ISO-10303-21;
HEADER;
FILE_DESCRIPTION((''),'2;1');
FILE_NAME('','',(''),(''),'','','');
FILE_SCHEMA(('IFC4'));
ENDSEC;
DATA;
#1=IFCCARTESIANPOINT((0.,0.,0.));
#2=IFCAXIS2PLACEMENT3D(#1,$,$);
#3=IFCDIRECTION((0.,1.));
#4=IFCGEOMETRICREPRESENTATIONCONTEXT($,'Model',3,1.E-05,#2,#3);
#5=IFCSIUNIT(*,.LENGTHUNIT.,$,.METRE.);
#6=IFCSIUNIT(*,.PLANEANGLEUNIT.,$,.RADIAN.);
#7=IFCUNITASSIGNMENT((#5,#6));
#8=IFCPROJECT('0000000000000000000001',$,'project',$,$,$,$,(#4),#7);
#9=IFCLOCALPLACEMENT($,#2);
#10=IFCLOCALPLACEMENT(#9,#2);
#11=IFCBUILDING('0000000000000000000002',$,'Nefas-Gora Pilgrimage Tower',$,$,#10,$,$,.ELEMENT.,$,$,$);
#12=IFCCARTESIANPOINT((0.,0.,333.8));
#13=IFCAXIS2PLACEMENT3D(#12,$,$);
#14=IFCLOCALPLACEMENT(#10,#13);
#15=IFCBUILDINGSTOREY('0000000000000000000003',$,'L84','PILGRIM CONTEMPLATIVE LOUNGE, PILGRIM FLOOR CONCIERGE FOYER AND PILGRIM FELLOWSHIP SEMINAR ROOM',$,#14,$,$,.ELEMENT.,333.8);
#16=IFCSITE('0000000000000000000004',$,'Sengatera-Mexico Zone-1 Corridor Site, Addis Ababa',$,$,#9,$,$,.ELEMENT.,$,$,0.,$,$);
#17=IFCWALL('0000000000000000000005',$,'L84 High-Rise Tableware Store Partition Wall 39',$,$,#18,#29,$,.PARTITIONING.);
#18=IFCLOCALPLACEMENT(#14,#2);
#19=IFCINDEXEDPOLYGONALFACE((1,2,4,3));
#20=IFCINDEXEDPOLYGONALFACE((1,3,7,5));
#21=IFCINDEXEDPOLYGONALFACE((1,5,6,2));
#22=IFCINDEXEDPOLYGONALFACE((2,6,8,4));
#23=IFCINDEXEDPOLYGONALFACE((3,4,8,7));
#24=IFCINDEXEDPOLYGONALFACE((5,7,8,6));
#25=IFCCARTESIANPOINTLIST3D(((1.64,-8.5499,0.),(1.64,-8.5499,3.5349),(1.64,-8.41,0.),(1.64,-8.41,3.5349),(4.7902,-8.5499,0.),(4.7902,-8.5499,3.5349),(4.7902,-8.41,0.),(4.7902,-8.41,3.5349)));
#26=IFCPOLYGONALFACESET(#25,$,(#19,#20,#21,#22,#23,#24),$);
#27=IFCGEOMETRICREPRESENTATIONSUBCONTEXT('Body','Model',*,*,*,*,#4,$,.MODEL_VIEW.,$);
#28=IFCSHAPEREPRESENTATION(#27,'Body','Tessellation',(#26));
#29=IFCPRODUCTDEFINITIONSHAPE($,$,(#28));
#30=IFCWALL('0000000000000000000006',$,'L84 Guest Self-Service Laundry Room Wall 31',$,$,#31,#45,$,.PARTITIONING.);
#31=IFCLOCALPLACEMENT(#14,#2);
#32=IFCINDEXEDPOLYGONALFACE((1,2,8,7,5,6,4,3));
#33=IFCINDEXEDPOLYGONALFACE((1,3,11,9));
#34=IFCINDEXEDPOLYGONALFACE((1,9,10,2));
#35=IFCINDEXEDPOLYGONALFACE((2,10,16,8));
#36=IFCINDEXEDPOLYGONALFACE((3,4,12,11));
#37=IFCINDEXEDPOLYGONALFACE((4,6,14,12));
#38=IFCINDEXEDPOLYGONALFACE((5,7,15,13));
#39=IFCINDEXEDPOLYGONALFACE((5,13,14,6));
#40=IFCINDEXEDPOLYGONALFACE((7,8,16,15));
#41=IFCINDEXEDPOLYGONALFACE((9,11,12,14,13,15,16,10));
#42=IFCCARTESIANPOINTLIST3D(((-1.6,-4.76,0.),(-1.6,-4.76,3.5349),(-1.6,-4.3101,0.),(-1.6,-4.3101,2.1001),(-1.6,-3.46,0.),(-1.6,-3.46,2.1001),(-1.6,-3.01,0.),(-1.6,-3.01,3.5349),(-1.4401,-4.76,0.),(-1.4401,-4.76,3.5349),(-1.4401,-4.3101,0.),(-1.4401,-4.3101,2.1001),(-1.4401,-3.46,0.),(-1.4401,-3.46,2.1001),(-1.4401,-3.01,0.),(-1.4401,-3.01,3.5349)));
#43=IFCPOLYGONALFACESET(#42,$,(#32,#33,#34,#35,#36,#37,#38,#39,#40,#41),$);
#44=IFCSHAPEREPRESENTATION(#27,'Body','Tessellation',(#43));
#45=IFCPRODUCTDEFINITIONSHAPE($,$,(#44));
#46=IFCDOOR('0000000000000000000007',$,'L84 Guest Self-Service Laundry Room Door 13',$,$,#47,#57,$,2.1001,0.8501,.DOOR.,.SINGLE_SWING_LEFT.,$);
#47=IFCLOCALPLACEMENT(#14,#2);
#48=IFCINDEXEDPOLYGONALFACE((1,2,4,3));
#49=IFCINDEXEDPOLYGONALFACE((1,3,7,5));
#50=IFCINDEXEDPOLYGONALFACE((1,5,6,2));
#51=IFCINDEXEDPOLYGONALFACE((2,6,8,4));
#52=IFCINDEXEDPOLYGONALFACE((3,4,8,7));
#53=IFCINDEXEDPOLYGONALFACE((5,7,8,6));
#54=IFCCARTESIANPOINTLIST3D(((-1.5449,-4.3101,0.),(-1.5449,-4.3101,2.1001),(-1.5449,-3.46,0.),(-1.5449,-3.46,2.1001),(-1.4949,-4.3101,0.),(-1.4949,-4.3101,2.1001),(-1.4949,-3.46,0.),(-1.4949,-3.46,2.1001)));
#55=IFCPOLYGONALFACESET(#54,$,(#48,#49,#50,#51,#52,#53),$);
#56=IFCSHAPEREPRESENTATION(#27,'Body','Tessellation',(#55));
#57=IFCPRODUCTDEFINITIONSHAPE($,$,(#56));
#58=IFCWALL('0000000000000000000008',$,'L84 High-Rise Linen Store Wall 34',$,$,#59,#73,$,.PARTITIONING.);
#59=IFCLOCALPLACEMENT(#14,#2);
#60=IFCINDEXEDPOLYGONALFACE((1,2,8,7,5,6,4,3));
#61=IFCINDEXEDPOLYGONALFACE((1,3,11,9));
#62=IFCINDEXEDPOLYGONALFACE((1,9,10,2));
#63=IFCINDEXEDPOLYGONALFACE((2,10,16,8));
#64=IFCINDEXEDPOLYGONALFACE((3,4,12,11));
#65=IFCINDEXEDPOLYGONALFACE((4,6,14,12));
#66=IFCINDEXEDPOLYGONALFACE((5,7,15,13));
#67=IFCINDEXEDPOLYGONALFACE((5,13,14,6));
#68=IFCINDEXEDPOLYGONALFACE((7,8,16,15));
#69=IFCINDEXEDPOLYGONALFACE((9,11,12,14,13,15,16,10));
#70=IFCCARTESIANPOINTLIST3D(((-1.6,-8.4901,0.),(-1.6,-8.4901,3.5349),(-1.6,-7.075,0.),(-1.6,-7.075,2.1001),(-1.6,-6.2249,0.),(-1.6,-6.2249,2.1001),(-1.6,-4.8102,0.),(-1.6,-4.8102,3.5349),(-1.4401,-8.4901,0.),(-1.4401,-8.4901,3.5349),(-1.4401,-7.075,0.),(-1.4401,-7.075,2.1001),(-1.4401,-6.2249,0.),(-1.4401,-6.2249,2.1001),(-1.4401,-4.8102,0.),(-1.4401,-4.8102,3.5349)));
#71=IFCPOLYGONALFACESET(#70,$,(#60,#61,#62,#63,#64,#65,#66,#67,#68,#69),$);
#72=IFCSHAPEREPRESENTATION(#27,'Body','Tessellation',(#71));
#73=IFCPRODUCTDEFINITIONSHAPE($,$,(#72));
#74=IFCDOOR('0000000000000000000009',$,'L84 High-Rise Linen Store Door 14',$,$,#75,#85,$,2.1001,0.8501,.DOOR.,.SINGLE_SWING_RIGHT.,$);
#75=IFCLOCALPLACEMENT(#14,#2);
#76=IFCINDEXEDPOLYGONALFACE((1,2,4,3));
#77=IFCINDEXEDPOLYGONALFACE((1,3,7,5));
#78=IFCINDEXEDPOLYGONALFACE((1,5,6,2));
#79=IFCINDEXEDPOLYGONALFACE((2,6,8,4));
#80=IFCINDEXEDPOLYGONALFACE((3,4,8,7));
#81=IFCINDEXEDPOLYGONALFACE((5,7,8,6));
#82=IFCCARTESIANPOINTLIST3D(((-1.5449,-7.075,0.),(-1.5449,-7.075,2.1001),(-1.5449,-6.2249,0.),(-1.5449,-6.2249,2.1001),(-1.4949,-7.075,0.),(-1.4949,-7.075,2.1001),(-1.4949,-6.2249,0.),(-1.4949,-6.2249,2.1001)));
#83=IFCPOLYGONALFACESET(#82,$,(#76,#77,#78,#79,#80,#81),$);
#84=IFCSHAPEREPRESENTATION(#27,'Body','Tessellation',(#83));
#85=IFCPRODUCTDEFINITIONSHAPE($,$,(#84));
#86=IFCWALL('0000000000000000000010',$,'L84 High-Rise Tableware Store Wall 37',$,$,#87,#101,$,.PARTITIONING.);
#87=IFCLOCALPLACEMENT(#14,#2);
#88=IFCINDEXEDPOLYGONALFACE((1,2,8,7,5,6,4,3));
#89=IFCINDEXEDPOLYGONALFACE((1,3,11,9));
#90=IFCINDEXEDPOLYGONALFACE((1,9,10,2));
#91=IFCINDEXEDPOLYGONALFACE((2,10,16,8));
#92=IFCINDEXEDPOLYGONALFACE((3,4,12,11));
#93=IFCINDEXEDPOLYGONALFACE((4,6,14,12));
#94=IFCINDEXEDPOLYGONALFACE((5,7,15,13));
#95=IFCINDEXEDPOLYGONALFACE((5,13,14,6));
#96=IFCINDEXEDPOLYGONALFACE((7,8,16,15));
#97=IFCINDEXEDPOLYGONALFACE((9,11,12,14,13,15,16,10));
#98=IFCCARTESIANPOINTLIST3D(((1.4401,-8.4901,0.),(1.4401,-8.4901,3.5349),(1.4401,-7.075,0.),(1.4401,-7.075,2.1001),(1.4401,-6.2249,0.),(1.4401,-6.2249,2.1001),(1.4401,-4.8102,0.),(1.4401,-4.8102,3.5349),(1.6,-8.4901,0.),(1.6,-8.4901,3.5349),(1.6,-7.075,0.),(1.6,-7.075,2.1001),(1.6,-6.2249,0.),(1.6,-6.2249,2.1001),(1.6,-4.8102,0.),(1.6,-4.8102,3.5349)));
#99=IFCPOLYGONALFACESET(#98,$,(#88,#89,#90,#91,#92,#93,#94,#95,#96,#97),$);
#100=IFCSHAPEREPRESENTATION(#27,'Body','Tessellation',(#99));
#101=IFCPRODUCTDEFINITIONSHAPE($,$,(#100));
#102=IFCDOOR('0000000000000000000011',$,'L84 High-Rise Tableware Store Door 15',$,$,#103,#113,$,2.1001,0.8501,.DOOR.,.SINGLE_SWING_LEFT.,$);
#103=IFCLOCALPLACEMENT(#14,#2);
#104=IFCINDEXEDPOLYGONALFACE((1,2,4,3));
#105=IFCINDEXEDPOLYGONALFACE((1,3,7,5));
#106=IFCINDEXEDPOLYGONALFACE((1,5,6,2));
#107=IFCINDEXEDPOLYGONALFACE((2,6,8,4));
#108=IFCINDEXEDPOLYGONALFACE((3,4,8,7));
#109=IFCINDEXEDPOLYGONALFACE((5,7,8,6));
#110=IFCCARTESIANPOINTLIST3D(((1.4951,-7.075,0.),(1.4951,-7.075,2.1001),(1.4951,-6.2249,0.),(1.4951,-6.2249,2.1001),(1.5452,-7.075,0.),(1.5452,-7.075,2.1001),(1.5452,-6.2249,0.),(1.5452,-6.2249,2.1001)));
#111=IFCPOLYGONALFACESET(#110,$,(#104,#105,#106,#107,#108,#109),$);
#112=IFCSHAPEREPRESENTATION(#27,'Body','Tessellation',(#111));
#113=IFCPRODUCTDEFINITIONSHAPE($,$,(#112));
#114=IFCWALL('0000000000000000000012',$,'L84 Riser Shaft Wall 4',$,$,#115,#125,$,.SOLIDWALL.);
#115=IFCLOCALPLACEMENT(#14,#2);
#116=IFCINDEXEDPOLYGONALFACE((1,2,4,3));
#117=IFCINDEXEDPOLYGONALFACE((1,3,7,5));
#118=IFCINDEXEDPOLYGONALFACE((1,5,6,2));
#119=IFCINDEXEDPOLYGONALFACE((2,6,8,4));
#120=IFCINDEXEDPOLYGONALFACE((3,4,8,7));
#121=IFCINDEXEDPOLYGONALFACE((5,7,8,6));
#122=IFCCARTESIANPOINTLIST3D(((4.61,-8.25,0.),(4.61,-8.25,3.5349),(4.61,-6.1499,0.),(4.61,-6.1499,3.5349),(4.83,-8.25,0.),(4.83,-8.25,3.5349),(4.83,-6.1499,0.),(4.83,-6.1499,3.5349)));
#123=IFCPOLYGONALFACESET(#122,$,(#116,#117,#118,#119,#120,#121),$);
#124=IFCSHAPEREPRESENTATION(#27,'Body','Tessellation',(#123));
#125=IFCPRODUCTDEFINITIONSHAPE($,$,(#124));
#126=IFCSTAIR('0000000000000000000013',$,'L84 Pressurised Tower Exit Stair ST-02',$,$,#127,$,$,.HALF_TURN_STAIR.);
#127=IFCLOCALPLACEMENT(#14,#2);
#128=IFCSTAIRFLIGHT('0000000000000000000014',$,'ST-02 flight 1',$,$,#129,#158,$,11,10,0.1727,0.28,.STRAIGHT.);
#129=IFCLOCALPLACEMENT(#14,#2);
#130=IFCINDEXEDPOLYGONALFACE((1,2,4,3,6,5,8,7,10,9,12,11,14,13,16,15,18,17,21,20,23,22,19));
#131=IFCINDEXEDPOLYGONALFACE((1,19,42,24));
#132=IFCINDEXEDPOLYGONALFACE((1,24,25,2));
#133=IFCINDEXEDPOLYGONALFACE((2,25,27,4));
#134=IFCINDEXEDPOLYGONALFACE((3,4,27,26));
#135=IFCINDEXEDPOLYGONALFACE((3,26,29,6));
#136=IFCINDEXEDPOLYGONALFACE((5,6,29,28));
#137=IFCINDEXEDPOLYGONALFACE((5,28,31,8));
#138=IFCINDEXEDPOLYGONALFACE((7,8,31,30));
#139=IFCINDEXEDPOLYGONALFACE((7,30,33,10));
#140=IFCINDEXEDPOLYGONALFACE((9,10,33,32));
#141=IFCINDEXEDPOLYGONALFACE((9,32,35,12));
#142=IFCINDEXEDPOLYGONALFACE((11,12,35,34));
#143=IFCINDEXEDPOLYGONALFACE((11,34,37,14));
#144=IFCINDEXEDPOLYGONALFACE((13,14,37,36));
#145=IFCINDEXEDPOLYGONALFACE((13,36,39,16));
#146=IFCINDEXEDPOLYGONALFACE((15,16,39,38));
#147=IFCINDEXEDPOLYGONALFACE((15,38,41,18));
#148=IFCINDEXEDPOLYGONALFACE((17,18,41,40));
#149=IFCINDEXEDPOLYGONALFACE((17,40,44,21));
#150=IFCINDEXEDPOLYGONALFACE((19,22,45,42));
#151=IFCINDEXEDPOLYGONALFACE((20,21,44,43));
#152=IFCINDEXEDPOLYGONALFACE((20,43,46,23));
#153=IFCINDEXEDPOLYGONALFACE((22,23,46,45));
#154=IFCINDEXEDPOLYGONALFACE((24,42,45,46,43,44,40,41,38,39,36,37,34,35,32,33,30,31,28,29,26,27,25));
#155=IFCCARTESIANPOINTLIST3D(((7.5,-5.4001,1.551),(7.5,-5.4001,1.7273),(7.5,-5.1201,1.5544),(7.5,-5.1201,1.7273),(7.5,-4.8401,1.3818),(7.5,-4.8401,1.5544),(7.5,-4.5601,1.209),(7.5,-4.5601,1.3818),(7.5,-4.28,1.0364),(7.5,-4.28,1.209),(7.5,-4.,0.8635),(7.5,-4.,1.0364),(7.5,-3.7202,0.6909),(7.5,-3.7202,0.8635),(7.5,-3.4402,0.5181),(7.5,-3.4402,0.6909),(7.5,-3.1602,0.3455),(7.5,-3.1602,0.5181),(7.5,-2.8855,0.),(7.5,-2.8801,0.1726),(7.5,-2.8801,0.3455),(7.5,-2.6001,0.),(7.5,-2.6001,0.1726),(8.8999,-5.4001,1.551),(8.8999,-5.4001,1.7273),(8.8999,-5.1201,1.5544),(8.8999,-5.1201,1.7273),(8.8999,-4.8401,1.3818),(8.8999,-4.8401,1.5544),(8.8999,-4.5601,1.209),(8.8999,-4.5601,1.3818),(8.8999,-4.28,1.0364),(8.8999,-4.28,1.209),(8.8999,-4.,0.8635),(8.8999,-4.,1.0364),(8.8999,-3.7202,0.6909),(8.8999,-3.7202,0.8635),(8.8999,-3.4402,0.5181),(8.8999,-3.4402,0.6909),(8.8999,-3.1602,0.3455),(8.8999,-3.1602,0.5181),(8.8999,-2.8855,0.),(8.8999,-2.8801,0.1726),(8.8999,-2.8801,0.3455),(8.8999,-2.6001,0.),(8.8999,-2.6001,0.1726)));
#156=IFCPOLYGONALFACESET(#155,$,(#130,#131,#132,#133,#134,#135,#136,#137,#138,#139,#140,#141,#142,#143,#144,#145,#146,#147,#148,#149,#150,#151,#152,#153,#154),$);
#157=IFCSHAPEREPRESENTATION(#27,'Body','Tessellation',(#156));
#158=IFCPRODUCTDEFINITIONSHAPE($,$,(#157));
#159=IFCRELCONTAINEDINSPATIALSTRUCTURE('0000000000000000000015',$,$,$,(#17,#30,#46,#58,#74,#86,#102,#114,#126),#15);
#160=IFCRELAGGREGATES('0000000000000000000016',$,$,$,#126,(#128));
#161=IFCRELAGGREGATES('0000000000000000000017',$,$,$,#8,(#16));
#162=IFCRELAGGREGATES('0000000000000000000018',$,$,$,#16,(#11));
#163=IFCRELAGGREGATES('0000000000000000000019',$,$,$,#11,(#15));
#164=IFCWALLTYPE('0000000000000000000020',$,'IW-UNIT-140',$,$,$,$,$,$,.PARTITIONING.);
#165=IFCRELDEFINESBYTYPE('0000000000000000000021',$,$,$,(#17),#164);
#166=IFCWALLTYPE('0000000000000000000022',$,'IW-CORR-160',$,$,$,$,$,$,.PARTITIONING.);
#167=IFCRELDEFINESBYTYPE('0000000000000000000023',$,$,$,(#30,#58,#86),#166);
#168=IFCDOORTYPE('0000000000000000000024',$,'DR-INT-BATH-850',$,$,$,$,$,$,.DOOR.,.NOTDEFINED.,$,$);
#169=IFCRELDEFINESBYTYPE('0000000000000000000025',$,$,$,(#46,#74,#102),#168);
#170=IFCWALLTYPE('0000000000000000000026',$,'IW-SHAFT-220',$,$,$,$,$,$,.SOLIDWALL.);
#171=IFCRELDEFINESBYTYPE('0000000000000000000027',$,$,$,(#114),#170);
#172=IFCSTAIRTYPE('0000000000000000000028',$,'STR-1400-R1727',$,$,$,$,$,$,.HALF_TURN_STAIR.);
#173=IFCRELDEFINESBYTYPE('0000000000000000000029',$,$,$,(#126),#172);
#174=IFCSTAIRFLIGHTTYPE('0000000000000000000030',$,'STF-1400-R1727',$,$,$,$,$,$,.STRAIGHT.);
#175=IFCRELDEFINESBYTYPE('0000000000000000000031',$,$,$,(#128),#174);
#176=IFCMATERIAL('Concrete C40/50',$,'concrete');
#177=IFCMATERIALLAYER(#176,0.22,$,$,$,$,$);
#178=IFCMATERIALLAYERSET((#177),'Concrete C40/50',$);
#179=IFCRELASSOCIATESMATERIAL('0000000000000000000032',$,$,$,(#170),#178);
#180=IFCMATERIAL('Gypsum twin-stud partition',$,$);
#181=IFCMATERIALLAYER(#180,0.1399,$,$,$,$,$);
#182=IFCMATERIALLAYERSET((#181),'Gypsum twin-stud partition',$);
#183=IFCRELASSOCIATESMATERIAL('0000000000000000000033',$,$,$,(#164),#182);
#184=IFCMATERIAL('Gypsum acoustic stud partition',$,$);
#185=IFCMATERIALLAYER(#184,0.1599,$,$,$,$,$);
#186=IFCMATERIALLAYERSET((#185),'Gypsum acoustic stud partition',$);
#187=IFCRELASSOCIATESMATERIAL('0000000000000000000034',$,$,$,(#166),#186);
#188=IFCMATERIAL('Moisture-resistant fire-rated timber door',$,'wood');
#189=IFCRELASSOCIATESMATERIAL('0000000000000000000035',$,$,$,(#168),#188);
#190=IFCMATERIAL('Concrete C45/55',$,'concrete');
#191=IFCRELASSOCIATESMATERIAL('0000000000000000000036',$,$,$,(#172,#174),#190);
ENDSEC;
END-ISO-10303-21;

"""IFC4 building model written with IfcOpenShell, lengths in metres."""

from ifc_helpers import new_model, si_unit, direction, frame, frame_2d, origin, place, context, subcontext, project, spatial, polyline, rectangle, outline, extrude, source, transform, mapped, material, layer, layer_set, type_object, element, fill, aggregate, save


model = new_model("IFC4")

# Units and contexts
model_context = context("Model", 3, precision=1e-05, world=origin(), true_north=direction((0.0, 1.0)))
body_context = subcontext(model_context, "Body", "Model", "MODEL_VIEW")
ifc_project = project(units=[si_unit("LENGTHUNIT", "METRE"), si_unit("PLANEANGLEUNIT", "RADIAN")], contexts=[model_context])

# Site, building, storey
site_placement = place(None, origin())
site = spatial("IfcSite", under=ifc_project, at=site_placement, Name="Sengatera-Mexico Zone-1 Corridor Site, Addis Ababa", CompositionType="ELEMENT", RefElevation=0.0)
building_placement = place(site_placement, origin())
building = spatial("IfcBuilding", under=site, at=building_placement, Name="Nefas-Gora Pilgrimage Tower", CompositionType="ELEMENT")
storey_placement = place(building_placement, frame((0.0, 0.0, 333.8)))
storey = spatial("IfcBuildingStorey", under=building, at=storey_placement, Name="L84", Description="PILGRIM CONTEMPLATIVE LOUNGE, PILGRIM FLOOR CONCIERGE FOYER AND PILGRIM FELLOWSHIP SEMINAR ROOM", CompositionType="ELEMENT", Elevation=333.8)

# Shared definitions
ifc_material_1 = material(Name="Concrete C45/55", Category="concrete")

# Shared definitions
ifc_material_2 = material(Name="Concrete C40/50", Category="concrete")
ifc_layer_1 = layer(ifc_material_2, 0.22)
ifc_layer_set_1 = layer_set([ifc_layer_1], Name="Concrete C40/50")
wall_type_1 = type_object("IfcWallType", Name="IW-SHAFT-220", PredefinedType="SOLIDWALL", material=ifc_layer_set_1)

# Wall
ifc_material_3 = material(Name="Gypsum twin-stud partition")
ifc_layer_2 = layer(ifc_material_3, 0.1399)
ifc_layer_set_2 = layer_set([ifc_layer_2], Name="Gypsum twin-stud partition")
wall_type_2 = type_object("IfcWallType", Name="IW-UNIT-140", PredefinedType="PARTITIONING", material=ifc_layer_set_2)
shared_shape_1 = source(origin(), body_context, "Body", "SweptSolid", [
    extrude(rectangle(XDim=3.1501, YDim=0.1399, at=frame_2d((1.5752, 0.0))), origin(), (0.0, 0.0, 1.0), 3.5349),
])
wall_1_placement = place(storey_placement, frame((1.6399, -8.48, 0.0), z_axis=(0.0, 0.0, 1.0), x_axis=(1.0, 0.0, 0.0)))
element("IfcWall", 1, at=wall_1_placement, inside=storey, type_object=wall_type_2, Name="L84 High-Rise Tableware Store Partition Wall 39", PredefinedType="PARTITIONING", context=body_context, shape_type="MappedRepresentation", body=[
    mapped(shared_shape_1, transform((0.0, 0.0, 0.0), x_axis=(1.0, 0.0, 0.0), y_axis=(0.0, 1.0, 0.0), z_axis=(0.0, 0.0, 1.0), scale=1.0)),
])

# Walls, openings, doors
ifc_material_4 = material(Name="Gypsum acoustic stud partition")
ifc_layer_3 = layer(ifc_material_4, 0.1599)
ifc_layer_set_3 = layer_set([ifc_layer_3], Name="Gypsum acoustic stud partition")
wall_type_3 = type_object("IfcWallType", Name="IW-CORR-160", PredefinedType="PARTITIONING", material=ifc_layer_set_3)
shared_shape_2 = source(origin(), body_context, "Body", "SweptSolid", [
    extrude(rectangle(XDim=1.75, YDim=0.1599, at=frame_2d((0.875, 0.0))), origin(), (0.0, 0.0, 1.0), 3.5349),
])
wall_2_placement = place(storey_placement, frame((-1.52, -4.76, 0.0), z_axis=(0.0, 0.0, 1.0), x_axis=(0.0, 1.0, 0.0)))
wall_2 = element("IfcWall", 2, at=wall_2_placement, inside=storey, type_object=wall_type_3, Name="L84 Guest Self-Service Laundry Room Wall 31", PredefinedType="PARTITIONING", context=body_context, shape_type="MappedRepresentation", body=[
    mapped(shared_shape_2, transform((0.0, 0.0, 0.0), x_axis=(1.0, 0.0, 0.0), y_axis=(0.0, 1.0, 0.0), z_axis=(0.0, 0.0, 1.0), scale=1.0)),
])
opening_1_placement = place(wall_2_placement, frame((0.45, 0.0, 0.0)))
opening_1 = element("IfcOpeningElement", 3, at=opening_1_placement, cuts=wall_2, PredefinedType="OPENING", context=body_context, shape_type="SweptSolid", body=[
    extrude(rectangle(XDim=0.8501, YDim=2.1001, at=frame_2d((0.425, 1.05))), frame((0.0, 0.0898, 0.0), z_axis=(0.0, -1.0, 0.0), x_axis=(1.0, 0.0, 0.0)), (0.0, 0.0, 1.0), 0.1799),
])
ifc_material_5 = material(Name="Moisture-resistant fire-rated timber door", Category="wood")
door_type_1 = type_object("IfcDoorType", Name="DR-INT-BATH-850", OperationType="NOTDEFINED", PredefinedType="DOOR", material=ifc_material_5)
shared_shape_3 = source(origin(), body_context, "Body", "SweptSolid", [
    extrude(rectangle(XDim=0.8501, YDim=2.1001, at=frame_2d((0.425, 1.05))), frame((0.0, 0.0249, 0.0), z_axis=(0.0, -1.0, 0.0), x_axis=(1.0, 0.0, 0.0)), (0.0, 0.0, 1.0), 0.05),
])
door_1_placement = place(opening_1_placement, origin())
door_1 = element("IfcDoor", 4, at=door_1_placement, inside=storey, type_object=door_type_1, Name="L84 Guest Self-Service Laundry Room Door 13", OperationType="SINGLE_SWING_LEFT", OverallHeight=2.1001, OverallWidth=0.8501, PredefinedType="DOOR", context=body_context, shape_type="MappedRepresentation", body=[
    mapped(shared_shape_3, transform((0.0, 0.0, 0.0), x_axis=(1.0, 0.0, 0.0), y_axis=(0.0, 1.0, 0.0), z_axis=(0.0, 0.0, 1.0), scale=1.0)),
])
fill(opening_1, door_1)
shared_shape_4 = source(origin(), body_context, "Body", "SweptSolid", [
    extrude(rectangle(XDim=3.6799, YDim=0.1599, at=frame_2d((1.8398, 0.0))), origin(), (0.0, 0.0, 1.0), 3.5349),
])
wall_3_placement = place(storey_placement, frame((-1.52, -8.49, 0.0), z_axis=(0.0, 0.0, 1.0), x_axis=(0.0, 1.0, 0.0)))
wall_3 = element("IfcWall", 5, at=wall_3_placement, inside=storey, type_object=wall_type_3, Name="L84 High-Rise Linen Store Wall 34", PredefinedType="PARTITIONING", context=body_context, shape_type="MappedRepresentation", body=[
    mapped(shared_shape_4, transform((0.0, 0.0, 0.0), x_axis=(1.0, 0.0, 0.0), y_axis=(0.0, 1.0, 0.0), z_axis=(0.0, 0.0, 1.0), scale=1.0)),
])
opening_2_placement = place(wall_3_placement, frame((1.415, 0.0, 0.0)))
opening_2 = element("IfcOpeningElement", 6, at=opening_2_placement, cuts=wall_3, PredefinedType="OPENING", context=body_context, shape_type="SweptSolid", body=[
    extrude(rectangle(XDim=0.8501, YDim=2.1001, at=frame_2d((0.425, 1.05))), frame((0.0, 0.0898, 0.0), z_axis=(0.0, -1.0, 0.0), x_axis=(1.0, 0.0, 0.0)), (0.0, 0.0, 1.0), 0.1799),
])
door_2_placement = place(opening_2_placement, origin())
door_2 = element("IfcDoor", 7, at=door_2_placement, inside=storey, type_object=door_type_1, Name="L84 High-Rise Linen Store Door 14", OperationType="SINGLE_SWING_RIGHT", OverallHeight=2.1001, OverallWidth=0.8501, PredefinedType="DOOR", context=body_context, shape_type="MappedRepresentation", body=[
    mapped(shared_shape_3, transform((0.0, 0.0, 0.0), x_axis=(1.0, 0.0, 0.0), y_axis=(0.0, 1.0, 0.0), z_axis=(0.0, 0.0, 1.0), scale=1.0)),
])
fill(opening_2, door_2)
wall_4_placement = place(storey_placement, frame((1.52, -8.49, 0.0), z_axis=(0.0, 0.0, 1.0), x_axis=(0.0, 1.0, 0.0)))
wall_4 = element("IfcWall", 8, at=wall_4_placement, inside=storey, type_object=wall_type_3, Name="L84 High-Rise Tableware Store Wall 37", PredefinedType="PARTITIONING", context=body_context, shape_type="MappedRepresentation", body=[
    mapped(shared_shape_4, transform((0.0, 0.0, 0.0), x_axis=(1.0, 0.0, 0.0), y_axis=(0.0, 1.0, 0.0), z_axis=(0.0, 0.0, 1.0), scale=1.0)),
])
opening_3_placement = place(wall_4_placement, frame((1.415, 0.0, 0.0)))
opening_3 = element("IfcOpeningElement", 9, at=opening_3_placement, cuts=wall_4, PredefinedType="OPENING", context=body_context, shape_type="SweptSolid", body=[
    extrude(rectangle(XDim=0.8501, YDim=2.1001, at=frame_2d((0.425, 1.05))), frame((0.0, 0.0898, 0.0), z_axis=(0.0, -1.0, 0.0), x_axis=(1.0, 0.0, 0.0)), (0.0, 0.0, 1.0), 0.1799),
])
door_3_placement = place(opening_3_placement, origin())
door_3 = element("IfcDoor", 10, at=door_3_placement, inside=storey, type_object=door_type_1, Name="L84 High-Rise Tableware Store Door 15", OperationType="SINGLE_SWING_LEFT", OverallHeight=2.1001, OverallWidth=0.8501, PredefinedType="DOOR", context=body_context, shape_type="MappedRepresentation", body=[
    mapped(shared_shape_3, transform((0.0, 0.0, 0.0), x_axis=(1.0, 0.0, 0.0), y_axis=(0.0, 1.0, 0.0), z_axis=(0.0, 0.0, 1.0), scale=1.0)),
])
fill(opening_3, door_3)

# Wall
shared_shape_5 = source(origin(), body_context, "Body", "SweptSolid", [
    extrude(rectangle(XDim=2.1001, YDim=0.22, at=frame_2d((1.05, 0.0))), origin(), (0.0, 0.0, 1.0), 3.5349),
])
wall_5_placement = place(storey_placement, frame((4.72, -8.25, 0.0), z_axis=(0.0, 0.0, 1.0), x_axis=(0.0, 1.0, 0.0)))
element("IfcWall", 11, at=wall_5_placement, inside=storey, type_object=wall_type_1, Name="L84 Riser Shaft Wall 4", PredefinedType="SOLIDWALL", context=body_context, shape_type="MappedRepresentation", body=[
    mapped(shared_shape_5, transform((0.0, 0.0, 0.0), x_axis=(1.0, 0.0, 0.0), y_axis=(0.0, 1.0, 0.0), z_axis=(0.0, 0.0, 1.0), scale=1.0)),
])

# Stair, stair flight
stair_type = type_object("IfcStairType", Name="STR-1400-R1727", PredefinedType="HALF_TURN_STAIR", material=ifc_material_1)
stair_placement = place(storey_placement, origin())
stair = element("IfcStair", 12, at=stair_placement, inside=storey, type_object=stair_type, Name="L84 Pressurised Tower Exit Stair ST-02", PredefinedType="HALF_TURN_STAIR")
stair_flight_type = type_object("IfcStairFlightType", Name="STF-1400-R1727", PredefinedType="STRAIGHT", material=ifc_material_1)
shared_shape_6 = source(origin(), body_context, "Body", "SweptSolid", [
    extrude(outline(polyline([(0.0, 0.0), (0.0, 0.1726), (0.28, 0.1726), (0.28, 0.3455), (0.5601, 0.3455), (0.5601, 0.5181), (0.8401, 0.5181), (0.8401, 0.6909), (1.1201, 0.6909), (1.1201, 0.8635), (1.3999, 0.8635), (1.3999, 1.0364), (1.6799, 1.0364), (1.6799, 1.209), (1.96, 1.209), (1.96, 1.3818), (2.24, 1.3818), (2.24, 1.5544), (2.52, 1.5544), (2.52, 1.7273), (2.8, 1.7273), (2.8, 1.8999), (2.8, 1.551), (0.2854, 0.0), (0.0, 0.0)])), frame((0.0, 0.7, 0.0), z_axis=(0.0, -1.0, 0.0), x_axis=(1.0, 0.0, 0.0)), (0.0, 0.0, 1.0), 1.3999),
])
stair_flight_placement = place(storey_placement, frame((8.2, -2.6001, 0.0), z_axis=(0.0, 0.0, 1.0), x_axis=(0.0, -1.0, 0.0)))
stair_flight = element("IfcStairFlight", 13, at=stair_flight_placement, type_object=stair_flight_type, Name="ST-02 flight 1", NumberOfRisers=11, NumberOfTreads=10, PredefinedType="STRAIGHT", RiserHeight=0.1727, TreadLength=0.28, context=body_context, shape_type="MappedRepresentation", body=[
    mapped(shared_shape_6, transform((0.0, 0.0, 0.0), x_axis=(1.0, 0.0, 0.0), y_axis=(0.0, 1.0, 0.0), z_axis=(0.0, 0.0, 1.0), scale=1.0)),
])
aggregate(stair, [stair_flight])

save(model, "model.ifc")
